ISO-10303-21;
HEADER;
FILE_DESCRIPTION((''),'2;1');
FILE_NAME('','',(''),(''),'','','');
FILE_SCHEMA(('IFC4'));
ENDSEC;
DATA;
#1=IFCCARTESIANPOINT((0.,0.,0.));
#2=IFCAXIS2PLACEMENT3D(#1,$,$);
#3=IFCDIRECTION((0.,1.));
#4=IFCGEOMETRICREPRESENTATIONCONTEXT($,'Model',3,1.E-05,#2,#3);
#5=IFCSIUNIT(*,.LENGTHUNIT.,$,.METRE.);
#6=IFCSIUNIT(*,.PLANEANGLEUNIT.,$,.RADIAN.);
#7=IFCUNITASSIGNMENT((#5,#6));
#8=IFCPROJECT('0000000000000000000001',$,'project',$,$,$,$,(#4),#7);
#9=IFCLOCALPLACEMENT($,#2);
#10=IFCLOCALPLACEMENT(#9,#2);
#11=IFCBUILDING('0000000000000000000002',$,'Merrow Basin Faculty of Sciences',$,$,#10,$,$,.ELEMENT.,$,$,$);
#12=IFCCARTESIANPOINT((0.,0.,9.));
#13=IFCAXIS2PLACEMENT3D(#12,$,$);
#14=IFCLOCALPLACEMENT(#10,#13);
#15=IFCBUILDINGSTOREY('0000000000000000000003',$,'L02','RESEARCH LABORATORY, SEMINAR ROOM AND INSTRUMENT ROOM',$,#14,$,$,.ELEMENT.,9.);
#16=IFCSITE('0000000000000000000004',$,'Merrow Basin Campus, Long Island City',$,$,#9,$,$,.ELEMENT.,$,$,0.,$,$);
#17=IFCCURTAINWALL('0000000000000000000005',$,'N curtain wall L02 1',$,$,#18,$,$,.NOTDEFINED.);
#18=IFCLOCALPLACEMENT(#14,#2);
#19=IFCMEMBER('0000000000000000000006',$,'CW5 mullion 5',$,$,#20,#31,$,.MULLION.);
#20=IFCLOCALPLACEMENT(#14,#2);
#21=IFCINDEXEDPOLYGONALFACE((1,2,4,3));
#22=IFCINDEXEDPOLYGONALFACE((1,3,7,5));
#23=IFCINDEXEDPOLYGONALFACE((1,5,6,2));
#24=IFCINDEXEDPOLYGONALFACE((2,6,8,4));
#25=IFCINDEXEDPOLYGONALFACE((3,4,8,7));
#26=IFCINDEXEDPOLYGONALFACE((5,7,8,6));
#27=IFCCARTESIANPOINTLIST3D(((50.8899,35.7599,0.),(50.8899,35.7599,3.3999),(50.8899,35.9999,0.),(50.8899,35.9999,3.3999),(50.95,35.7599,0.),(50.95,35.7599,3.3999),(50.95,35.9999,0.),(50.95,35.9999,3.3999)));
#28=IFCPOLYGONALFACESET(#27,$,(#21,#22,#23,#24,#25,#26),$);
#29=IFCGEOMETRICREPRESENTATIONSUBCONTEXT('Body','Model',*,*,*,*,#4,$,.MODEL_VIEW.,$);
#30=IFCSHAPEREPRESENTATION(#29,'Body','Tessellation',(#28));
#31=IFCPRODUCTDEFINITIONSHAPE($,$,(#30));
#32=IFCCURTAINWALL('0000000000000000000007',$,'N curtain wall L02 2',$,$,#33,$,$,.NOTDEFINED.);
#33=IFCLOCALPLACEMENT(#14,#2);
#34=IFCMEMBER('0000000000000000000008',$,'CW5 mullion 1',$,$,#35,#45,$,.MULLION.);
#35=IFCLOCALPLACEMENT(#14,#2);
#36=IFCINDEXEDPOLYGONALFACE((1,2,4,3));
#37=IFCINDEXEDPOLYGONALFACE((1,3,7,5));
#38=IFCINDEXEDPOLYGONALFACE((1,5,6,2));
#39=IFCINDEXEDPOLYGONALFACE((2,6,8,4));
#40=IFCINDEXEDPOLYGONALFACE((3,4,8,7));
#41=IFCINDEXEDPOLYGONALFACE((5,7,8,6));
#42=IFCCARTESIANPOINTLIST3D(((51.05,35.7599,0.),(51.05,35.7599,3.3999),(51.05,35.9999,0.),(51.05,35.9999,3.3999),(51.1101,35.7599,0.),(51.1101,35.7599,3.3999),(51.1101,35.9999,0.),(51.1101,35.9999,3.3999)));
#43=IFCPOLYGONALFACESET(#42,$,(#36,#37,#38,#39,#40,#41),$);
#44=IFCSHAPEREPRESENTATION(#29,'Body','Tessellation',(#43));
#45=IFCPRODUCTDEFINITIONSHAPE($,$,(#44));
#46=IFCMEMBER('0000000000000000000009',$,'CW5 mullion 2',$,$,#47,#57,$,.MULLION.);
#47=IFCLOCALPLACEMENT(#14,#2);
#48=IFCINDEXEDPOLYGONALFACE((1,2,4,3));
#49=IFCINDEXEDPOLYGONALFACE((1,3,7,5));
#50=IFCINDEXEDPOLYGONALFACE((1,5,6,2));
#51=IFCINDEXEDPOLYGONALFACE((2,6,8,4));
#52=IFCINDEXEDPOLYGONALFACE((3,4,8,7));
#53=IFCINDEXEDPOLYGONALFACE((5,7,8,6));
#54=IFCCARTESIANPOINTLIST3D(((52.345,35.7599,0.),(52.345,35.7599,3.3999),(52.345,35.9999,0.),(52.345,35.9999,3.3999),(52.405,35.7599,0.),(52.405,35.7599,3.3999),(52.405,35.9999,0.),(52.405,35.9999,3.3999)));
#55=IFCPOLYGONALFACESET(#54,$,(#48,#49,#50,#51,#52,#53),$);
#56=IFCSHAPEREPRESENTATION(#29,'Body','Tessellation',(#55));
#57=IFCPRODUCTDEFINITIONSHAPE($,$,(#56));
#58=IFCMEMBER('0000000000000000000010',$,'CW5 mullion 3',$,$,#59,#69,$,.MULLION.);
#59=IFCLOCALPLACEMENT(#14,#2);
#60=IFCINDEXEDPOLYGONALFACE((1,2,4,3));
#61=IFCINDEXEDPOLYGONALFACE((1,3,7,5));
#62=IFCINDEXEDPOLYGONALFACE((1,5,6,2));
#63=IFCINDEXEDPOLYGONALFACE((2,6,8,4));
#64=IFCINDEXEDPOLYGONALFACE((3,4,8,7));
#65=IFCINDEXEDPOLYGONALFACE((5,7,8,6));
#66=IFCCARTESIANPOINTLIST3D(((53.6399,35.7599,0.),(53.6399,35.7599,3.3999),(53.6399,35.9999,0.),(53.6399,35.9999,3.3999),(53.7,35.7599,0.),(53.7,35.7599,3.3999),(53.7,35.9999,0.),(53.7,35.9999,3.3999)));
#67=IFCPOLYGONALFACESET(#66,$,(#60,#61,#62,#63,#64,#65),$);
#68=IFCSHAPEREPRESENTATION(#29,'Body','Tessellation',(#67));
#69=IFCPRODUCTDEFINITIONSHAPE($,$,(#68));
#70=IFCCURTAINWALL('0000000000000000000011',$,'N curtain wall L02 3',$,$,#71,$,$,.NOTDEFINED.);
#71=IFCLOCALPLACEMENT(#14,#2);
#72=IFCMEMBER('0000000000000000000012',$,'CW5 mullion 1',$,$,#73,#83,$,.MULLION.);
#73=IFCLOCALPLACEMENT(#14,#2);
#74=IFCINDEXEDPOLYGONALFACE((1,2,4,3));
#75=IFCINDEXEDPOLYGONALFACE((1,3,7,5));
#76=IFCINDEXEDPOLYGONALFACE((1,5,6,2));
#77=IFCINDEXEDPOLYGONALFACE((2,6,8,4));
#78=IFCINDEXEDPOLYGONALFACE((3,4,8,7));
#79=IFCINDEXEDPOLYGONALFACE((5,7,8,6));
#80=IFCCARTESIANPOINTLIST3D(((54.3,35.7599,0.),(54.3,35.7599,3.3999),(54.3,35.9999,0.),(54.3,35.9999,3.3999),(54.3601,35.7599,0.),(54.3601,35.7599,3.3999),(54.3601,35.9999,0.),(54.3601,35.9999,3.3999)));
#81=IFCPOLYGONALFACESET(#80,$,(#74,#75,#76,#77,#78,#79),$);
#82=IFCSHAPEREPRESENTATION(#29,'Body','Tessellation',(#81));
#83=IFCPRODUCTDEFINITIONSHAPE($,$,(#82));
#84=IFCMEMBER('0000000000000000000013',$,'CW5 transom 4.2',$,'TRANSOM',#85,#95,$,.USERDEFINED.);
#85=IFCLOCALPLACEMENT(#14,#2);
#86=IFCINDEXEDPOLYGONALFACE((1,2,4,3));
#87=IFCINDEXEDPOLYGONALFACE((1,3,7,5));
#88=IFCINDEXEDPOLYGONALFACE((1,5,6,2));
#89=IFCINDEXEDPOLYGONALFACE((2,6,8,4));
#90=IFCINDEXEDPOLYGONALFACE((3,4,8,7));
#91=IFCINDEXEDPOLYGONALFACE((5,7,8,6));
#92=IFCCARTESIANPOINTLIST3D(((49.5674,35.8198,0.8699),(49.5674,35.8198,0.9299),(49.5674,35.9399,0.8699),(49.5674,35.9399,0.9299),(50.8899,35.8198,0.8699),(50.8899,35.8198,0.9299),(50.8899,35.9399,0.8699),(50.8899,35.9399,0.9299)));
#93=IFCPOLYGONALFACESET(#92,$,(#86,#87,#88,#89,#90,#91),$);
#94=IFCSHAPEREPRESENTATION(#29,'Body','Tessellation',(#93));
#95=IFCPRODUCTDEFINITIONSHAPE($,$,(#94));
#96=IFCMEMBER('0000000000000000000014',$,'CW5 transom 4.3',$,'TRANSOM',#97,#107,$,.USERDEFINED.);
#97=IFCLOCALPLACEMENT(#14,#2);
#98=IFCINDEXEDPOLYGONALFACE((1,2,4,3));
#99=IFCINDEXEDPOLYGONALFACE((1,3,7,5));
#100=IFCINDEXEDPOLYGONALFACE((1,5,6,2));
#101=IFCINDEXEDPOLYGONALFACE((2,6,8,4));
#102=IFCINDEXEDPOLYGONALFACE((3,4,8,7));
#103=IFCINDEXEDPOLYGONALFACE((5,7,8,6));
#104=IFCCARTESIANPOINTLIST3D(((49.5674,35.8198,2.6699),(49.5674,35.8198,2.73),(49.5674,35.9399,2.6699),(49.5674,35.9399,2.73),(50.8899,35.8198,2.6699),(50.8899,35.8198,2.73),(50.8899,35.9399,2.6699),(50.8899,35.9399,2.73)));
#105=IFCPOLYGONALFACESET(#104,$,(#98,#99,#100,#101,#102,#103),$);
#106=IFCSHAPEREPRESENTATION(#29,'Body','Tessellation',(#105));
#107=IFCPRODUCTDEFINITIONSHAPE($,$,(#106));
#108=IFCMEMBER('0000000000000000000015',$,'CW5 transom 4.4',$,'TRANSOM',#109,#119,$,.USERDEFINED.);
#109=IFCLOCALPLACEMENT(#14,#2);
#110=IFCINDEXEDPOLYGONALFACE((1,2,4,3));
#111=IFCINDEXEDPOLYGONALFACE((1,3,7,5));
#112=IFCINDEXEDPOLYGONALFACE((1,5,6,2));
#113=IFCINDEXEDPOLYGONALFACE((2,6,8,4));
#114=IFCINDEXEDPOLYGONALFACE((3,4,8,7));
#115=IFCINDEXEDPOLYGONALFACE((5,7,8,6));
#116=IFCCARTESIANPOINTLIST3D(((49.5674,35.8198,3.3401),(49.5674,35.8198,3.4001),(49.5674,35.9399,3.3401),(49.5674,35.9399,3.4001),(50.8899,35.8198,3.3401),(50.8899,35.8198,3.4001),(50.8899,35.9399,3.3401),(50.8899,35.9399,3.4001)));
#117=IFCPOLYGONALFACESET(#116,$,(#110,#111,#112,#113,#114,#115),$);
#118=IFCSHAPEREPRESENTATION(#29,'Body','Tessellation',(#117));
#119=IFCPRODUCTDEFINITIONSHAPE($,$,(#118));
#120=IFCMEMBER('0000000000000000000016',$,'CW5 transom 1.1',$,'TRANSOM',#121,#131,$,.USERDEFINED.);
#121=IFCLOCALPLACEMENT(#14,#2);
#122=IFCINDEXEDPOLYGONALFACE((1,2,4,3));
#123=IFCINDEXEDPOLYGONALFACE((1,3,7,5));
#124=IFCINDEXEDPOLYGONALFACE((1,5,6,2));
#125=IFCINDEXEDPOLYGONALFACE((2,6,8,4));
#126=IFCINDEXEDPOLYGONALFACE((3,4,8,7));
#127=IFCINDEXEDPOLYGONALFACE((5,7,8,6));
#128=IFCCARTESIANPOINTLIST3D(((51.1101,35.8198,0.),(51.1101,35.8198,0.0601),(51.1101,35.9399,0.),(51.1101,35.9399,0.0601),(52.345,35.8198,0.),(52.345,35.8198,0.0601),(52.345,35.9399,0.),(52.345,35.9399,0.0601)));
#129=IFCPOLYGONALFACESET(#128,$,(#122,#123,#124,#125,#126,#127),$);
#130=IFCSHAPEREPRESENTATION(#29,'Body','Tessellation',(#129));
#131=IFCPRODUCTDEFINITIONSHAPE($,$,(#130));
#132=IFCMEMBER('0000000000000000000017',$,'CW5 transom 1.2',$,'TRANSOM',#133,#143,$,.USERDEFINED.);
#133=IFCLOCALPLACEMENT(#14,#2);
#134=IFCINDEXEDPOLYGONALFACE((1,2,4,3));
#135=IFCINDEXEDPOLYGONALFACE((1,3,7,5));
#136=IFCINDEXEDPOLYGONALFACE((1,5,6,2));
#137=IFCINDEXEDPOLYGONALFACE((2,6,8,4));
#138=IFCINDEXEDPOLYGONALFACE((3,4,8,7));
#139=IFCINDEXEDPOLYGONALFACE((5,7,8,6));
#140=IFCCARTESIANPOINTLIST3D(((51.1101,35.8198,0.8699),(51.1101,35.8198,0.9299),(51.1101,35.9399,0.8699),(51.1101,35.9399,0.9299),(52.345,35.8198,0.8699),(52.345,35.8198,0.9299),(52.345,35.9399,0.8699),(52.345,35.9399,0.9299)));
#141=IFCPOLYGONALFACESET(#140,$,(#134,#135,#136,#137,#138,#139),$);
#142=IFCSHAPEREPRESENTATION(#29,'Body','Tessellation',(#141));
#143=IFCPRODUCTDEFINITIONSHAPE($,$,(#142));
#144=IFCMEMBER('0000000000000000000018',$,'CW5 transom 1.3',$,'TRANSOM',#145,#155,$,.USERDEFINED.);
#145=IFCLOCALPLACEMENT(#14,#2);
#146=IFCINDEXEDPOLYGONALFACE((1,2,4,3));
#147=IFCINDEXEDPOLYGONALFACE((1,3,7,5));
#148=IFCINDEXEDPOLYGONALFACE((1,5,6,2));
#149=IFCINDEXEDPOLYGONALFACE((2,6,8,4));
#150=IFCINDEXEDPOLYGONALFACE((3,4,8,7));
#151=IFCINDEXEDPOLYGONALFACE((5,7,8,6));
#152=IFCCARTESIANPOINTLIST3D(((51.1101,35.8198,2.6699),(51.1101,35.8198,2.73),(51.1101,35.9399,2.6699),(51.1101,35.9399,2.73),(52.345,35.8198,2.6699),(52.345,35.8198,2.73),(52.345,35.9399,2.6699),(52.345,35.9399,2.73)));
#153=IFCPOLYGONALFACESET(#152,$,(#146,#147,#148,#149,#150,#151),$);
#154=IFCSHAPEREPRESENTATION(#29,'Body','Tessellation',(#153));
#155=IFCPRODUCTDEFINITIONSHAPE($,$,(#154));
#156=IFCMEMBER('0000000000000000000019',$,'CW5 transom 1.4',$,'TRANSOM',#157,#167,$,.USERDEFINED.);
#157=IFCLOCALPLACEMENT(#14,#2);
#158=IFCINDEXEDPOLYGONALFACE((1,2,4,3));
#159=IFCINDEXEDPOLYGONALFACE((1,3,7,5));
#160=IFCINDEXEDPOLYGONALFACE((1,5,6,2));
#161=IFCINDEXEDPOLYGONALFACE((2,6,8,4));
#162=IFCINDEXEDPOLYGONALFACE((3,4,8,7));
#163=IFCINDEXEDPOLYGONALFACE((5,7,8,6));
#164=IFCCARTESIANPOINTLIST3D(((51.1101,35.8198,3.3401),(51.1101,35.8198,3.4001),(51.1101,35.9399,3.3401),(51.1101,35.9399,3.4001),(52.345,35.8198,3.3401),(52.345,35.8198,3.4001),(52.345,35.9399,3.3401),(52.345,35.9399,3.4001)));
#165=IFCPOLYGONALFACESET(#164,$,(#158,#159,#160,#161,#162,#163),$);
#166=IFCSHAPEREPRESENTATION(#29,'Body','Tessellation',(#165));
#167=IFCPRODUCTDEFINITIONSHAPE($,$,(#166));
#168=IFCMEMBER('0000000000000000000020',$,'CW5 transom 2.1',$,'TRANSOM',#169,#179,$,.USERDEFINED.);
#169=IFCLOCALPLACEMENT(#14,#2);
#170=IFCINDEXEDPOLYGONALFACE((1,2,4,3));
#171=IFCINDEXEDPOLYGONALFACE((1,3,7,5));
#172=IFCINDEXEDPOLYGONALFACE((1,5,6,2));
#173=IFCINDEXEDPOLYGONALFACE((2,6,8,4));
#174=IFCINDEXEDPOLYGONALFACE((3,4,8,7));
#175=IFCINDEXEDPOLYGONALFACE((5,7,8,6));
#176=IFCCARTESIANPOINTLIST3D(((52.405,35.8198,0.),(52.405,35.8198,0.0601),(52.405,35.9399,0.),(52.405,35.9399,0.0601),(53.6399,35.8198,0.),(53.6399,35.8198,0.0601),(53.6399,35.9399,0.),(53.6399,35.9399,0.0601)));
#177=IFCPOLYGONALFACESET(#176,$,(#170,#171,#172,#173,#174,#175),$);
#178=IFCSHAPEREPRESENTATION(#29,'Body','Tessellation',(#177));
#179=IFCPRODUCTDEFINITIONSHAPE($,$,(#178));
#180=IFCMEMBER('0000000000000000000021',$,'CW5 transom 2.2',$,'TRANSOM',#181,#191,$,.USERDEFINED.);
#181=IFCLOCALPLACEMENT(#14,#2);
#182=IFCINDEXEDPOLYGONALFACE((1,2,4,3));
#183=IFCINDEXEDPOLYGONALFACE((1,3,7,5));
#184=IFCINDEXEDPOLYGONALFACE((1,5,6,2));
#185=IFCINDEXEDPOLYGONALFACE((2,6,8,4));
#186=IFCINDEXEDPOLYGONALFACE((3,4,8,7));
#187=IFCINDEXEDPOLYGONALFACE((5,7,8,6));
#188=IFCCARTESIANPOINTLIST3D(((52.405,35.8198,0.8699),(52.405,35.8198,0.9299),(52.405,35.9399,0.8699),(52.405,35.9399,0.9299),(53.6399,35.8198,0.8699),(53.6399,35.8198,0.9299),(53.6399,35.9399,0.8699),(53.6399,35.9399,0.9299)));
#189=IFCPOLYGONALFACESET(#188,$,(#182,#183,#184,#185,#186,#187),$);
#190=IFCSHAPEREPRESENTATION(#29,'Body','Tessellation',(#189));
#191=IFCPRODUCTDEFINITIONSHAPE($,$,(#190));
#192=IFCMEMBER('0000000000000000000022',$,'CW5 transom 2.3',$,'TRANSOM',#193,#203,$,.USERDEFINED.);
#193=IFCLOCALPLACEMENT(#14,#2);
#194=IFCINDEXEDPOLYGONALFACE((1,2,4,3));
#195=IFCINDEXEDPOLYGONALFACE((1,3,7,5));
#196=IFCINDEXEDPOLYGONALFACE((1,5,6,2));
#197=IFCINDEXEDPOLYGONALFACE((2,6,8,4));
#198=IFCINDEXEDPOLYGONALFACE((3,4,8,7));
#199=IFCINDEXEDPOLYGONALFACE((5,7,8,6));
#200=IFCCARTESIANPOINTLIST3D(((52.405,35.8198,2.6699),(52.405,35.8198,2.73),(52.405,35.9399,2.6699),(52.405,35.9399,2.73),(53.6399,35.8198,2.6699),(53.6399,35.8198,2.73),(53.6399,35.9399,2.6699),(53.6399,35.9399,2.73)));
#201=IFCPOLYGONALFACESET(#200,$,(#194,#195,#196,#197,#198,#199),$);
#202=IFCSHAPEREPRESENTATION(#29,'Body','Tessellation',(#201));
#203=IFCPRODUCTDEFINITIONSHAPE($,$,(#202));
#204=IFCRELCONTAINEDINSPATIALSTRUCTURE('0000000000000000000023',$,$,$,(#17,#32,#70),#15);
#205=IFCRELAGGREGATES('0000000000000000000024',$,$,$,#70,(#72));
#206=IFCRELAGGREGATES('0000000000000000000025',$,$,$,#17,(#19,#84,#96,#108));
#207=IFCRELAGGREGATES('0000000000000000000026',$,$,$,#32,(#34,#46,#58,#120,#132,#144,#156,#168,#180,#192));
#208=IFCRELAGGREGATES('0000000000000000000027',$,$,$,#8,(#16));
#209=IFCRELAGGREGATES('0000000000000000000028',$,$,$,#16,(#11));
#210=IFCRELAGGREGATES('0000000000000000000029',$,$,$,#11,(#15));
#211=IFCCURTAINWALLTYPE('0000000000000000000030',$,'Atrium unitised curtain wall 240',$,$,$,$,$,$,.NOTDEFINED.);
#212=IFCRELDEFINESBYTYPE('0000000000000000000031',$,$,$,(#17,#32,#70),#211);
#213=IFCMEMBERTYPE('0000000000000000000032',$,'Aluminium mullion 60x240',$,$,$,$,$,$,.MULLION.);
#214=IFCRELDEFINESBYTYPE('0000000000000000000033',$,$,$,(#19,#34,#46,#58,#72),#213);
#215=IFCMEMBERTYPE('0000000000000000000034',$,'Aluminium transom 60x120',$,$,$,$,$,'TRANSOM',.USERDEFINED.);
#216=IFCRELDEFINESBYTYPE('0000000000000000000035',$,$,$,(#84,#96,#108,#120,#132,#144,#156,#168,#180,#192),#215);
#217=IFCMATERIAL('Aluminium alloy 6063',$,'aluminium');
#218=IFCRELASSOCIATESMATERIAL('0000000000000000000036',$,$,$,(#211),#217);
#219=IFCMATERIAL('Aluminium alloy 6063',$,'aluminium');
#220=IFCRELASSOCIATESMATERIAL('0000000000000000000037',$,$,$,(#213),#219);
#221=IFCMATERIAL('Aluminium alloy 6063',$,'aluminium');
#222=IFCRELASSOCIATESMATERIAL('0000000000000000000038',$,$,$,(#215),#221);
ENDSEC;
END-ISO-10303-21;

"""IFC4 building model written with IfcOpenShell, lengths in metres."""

from ifc_helpers import new_model, si_unit, direction, frame, origin, origin_2d, place, context, subcontext, project, spatial, rectangle, extrude, material, material_profile, profile_set, type_object, element, aggregate, save


model = new_model("IFC4")

# Units and contexts
model_context = context("Model", 3, precision=1e-05, world=origin(), true_north=direction((0.0, 1.0)))
body_context = subcontext(model_context, "Body", "Model", "MODEL_VIEW")
ifc_project = project(units=[si_unit("LENGTHUNIT", "METRE"), si_unit("PLANEANGLEUNIT", "RADIAN")], contexts=[model_context])

# Site, building, storey
site_placement = place(None, origin())
site = spatial("IfcSite", under=ifc_project, at=site_placement, Name="Merrow Basin Campus, Long Island City", CompositionType="ELEMENT", RefElevation=0.0)
building_placement = place(site_placement, origin())
building = spatial("IfcBuilding", under=site, at=building_placement, Name="Merrow Basin Faculty of Sciences", CompositionType="ELEMENT")
storey_placement = place(building_placement, frame((0.0, 0.0, 9.0)))
storey = spatial("IfcBuildingStorey", under=building, at=storey_placement, Name="L02", Description="RESEARCH LABORATORY, SEMINAR ROOM AND INSTRUMENT ROOM", CompositionType="ELEMENT", Elevation=9.0)

# Curtain wall, member
ifc_material_1 = material(Name="Aluminium alloy 6063", Category="aluminium")
curtain_wall_type = type_object("IfcCurtainWallType", Name="Atrium unitised curtain wall 240", PredefinedType="NOTDEFINED", material=ifc_material_1)
curtain_wall_1_placement = place(storey_placement, origin())
curtain_wall_1 = element("IfcCurtainWall", 1, at=curtain_wall_1_placement, inside=storey, type_object=curtain_wall_type, Name="N curtain wall L02 1", PredefinedType="NOTDEFINED")
ifc_material_2 = material(Name="Aluminium alloy 6063", Category="aluminium")
ifc_material_profile_1 = material_profile(ifc_material_2, rectangle(XDim=0.24, YDim=0.0601, at=origin_2d()))
ifc_profile_set_1 = profile_set([ifc_material_profile_1], Name="Aluminium alloy 6063")
member_type_1 = type_object("IfcMemberType", Name="Aluminium mullion 60x240", PredefinedType="MULLION", material=ifc_profile_set_1)
member_1_placement = place(storey_placement, frame((50.9199, 35.8799, 0.0), z_axis=(0.0, 0.0, 1.0), x_axis=(0.0, 1.0, 0.0)))
member_1 = element("IfcMember", 2, at=member_1_placement, type_object=member_type_1, Name="CW5 mullion 5", PredefinedType="MULLION", context=body_context, shape_type="SweptSolid", body=[
    extrude(rectangle(XDim=0.24, YDim=0.0601, at=origin_2d()), origin(), (0.0, 0.0, 1.0), 3.3999),
])

# Curtain wall, members
curtain_wall_2_placement = place(storey_placement, origin())
curtain_wall_2 = element("IfcCurtainWall", 3, at=curtain_wall_2_placement, inside=storey, type_object=curtain_wall_type, Name="N curtain wall L02 2", PredefinedType="NOTDEFINED")
member_2_placement = place(storey_placement, frame((51.0801, 35.8799, 0.0), z_axis=(0.0, 0.0, 1.0), x_axis=(0.0, 1.0, 0.0)))
member_2 = element("IfcMember", 4, at=member_2_placement, type_object=member_type_1, Name="CW5 mullion 1", PredefinedType="MULLION", context=body_context, shape_type="SweptSolid", body=[
    extrude(rectangle(XDim=0.24, YDim=0.0601, at=origin_2d()), origin(), (0.0, 0.0, 1.0), 3.3999),
])
member_3_placement = place(storey_placement, frame((52.375, 35.8799, 0.0), z_axis=(0.0, 0.0, 1.0), x_axis=(0.0, 1.0, 0.0)))
member_3 = element("IfcMember", 5, at=member_3_placement, type_object=member_type_1, Name="CW5 mullion 2", PredefinedType="MULLION", context=body_context, shape_type="SweptSolid", body=[
    extrude(rectangle(XDim=0.24, YDim=0.0601, at=origin_2d()), origin(), (0.0, 0.0, 1.0), 3.3999),
])
member_4_placement = place(storey_placement, frame((53.6699, 35.8799, 0.0), z_axis=(0.0, 0.0, 1.0), x_axis=(0.0, 1.0, 0.0)))
member_4 = element("IfcMember", 6, at=member_4_placement, type_object=member_type_1, Name="CW5 mullion 3", PredefinedType="MULLION", context=body_context, shape_type="SweptSolid", body=[
    extrude(rectangle(XDim=0.24, YDim=0.0601, at=origin_2d()), origin(), (0.0, 0.0, 1.0), 3.3999),
])

# Curtain wall, member
curtain_wall_3_placement = place(storey_placement, origin())
curtain_wall_3 = element("IfcCurtainWall", 7, at=curtain_wall_3_placement, inside=storey, type_object=curtain_wall_type, Name="N curtain wall L02 3", PredefinedType="NOTDEFINED")
member_5_placement = place(storey_placement, frame((54.3301, 35.8799, 0.0), z_axis=(0.0, 0.0, 1.0), x_axis=(0.0, 1.0, 0.0)))
member_5 = element("IfcMember", 8, at=member_5_placement, type_object=member_type_1, Name="CW5 mullion 1", PredefinedType="MULLION", context=body_context, shape_type="SweptSolid", body=[
    extrude(rectangle(XDim=0.24, YDim=0.0601, at=origin_2d()), origin(), (0.0, 0.0, 1.0), 3.3999),
])

# Members
ifc_material_3 = material(Name="Aluminium alloy 6063", Category="aluminium")
ifc_material_profile_2 = material_profile(ifc_material_3, rectangle(XDim=0.1201, YDim=0.0601, at=origin_2d()))
ifc_profile_set_2 = profile_set([ifc_material_profile_2], Name="Aluminium alloy 6063")
member_type_2 = type_object("IfcMemberType", Name="Aluminium transom 60x120", ElementType="TRANSOM", PredefinedType="USERDEFINED", material=ifc_profile_set_2)
member_6_placement = place(storey_placement, frame((49.5674, 35.8799, 0.8999), z_axis=(1.0, 0.0, 0.0), x_axis=(0.0, 1.0, 0.0)))
member_6 = element("IfcMember", 9, at=member_6_placement, type_object=member_type_2, Name="CW5 transom 4.2", ObjectType="TRANSOM", PredefinedType="USERDEFINED", context=body_context, shape_type="SweptSolid", body=[
    extrude(rectangle(XDim=0.1201, YDim=0.0601, at=origin_2d()), origin(), (0.0, 0.0, 1.0), 1.3225),
])
member_7_placement = place(storey_placement, frame((49.5674, 35.8799, 2.7), z_axis=(1.0, 0.0, 0.0), x_axis=(0.0, 1.0, 0.0)))
member_7 = element("IfcMember", 10, at=member_7_placement, type_object=member_type_2, Name="CW5 transom 4.3", ObjectType="TRANSOM", PredefinedType="USERDEFINED", context=body_context, shape_type="SweptSolid", body=[
    extrude(rectangle(XDim=0.1201, YDim=0.0601, at=origin_2d()), origin(), (0.0, 0.0, 1.0), 1.3225),
])
member_8_placement = place(storey_placement, frame((49.5674, 35.8799, 3.3701), z_axis=(1.0, 0.0, 0.0), x_axis=(0.0, 1.0, 0.0)))
member_8 = element("IfcMember", 11, at=member_8_placement, type_object=member_type_2, Name="CW5 transom 4.4", ObjectType="TRANSOM", PredefinedType="USERDEFINED", context=body_context, shape_type="SweptSolid", body=[
    extrude(rectangle(XDim=0.1201, YDim=0.0601, at=origin_2d()), origin(), (0.0, 0.0, 1.0), 1.3225),
])
member_9_placement = place(storey_placement, frame((51.1101, 35.8799, 0.03), z_axis=(1.0, 0.0, 0.0), x_axis=(0.0, 1.0, 0.0)))
member_9 = element("IfcMember", 12, at=member_9_placement, type_object=member_type_2, Name="CW5 transom 1.1", ObjectType="TRANSOM", PredefinedType="USERDEFINED", context=body_context, shape_type="SweptSolid", body=[
    extrude(rectangle(XDim=0.1201, YDim=0.0601, at=origin_2d()), origin(), (0.0, 0.0, 1.0), 1.2349),
])
member_10_placement = place(storey_placement, frame((51.1101, 35.8799, 0.8999), z_axis=(1.0, 0.0, 0.0), x_axis=(0.0, 1.0, 0.0)))
member_10 = element("IfcMember", 13, at=member_10_placement, type_object=member_type_2, Name="CW5 transom 1.2", ObjectType="TRANSOM", PredefinedType="USERDEFINED", context=body_context, shape_type="SweptSolid", body=[
    extrude(rectangle(XDim=0.1201, YDim=0.0601, at=origin_2d()), origin(), (0.0, 0.0, 1.0), 1.2349),
])
member_11_placement = place(storey_placement, frame((51.1101, 35.8799, 2.7), z_axis=(1.0, 0.0, 0.0), x_axis=(0.0, 1.0, 0.0)))
member_11 = element("IfcMember", 14, at=member_11_placement, type_object=member_type_2, Name="CW5 transom 1.3", ObjectType="TRANSOM", PredefinedType="USERDEFINED", context=body_context, shape_type="SweptSolid", body=[
    extrude(rectangle(XDim=0.1201, YDim=0.0601, at=origin_2d()), origin(), (0.0, 0.0, 1.0), 1.2349),
])
member_12_placement = place(storey_placement, frame((51.1101, 35.8799, 3.3701), z_axis=(1.0, 0.0, 0.0), x_axis=(0.0, 1.0, 0.0)))
member_12 = element("IfcMember", 15, at=member_12_placement, type_object=member_type_2, Name="CW5 transom 1.4", ObjectType="TRANSOM", PredefinedType="USERDEFINED", context=body_context, shape_type="SweptSolid", body=[
    extrude(rectangle(XDim=0.1201, YDim=0.0601, at=origin_2d()), origin(), (0.0, 0.0, 1.0), 1.2349),
])
member_13_placement = place(storey_placement, frame((52.405, 35.8799, 0.03), z_axis=(1.0, 0.0, 0.0), x_axis=(0.0, 1.0, 0.0)))
member_13 = element("IfcMember", 16, at=member_13_placement, type_object=member_type_2, Name="CW5 transom 2.1", ObjectType="TRANSOM", PredefinedType="USERDEFINED", context=body_context, shape_type="SweptSolid", body=[
    extrude(rectangle(XDim=0.1201, YDim=0.0601, at=origin_2d()), origin(), (0.0, 0.0, 1.0), 1.2349),
])
member_14_placement = place(storey_placement, frame((52.405, 35.8799, 0.8999), z_axis=(1.0, 0.0, 0.0), x_axis=(0.0, 1.0, 0.0)))
member_14 = element("IfcMember", 17, at=member_14_placement, type_object=member_type_2, Name="CW5 transom 2.2", ObjectType="TRANSOM", PredefinedType="USERDEFINED", context=body_context, shape_type="SweptSolid", body=[
    extrude(rectangle(XDim=0.1201, YDim=0.0601, at=origin_2d()), origin(), (0.0, 0.0, 1.0), 1.2349),
])
member_15_placement = place(storey_placement, frame((52.405, 35.8799, 2.7), z_axis=(1.0, 0.0, 0.0), x_axis=(0.0, 1.0, 0.0)))
member_15 = element("IfcMember", 18, at=member_15_placement, type_object=member_type_2, Name="CW5 transom 2.3", ObjectType="TRANSOM", PredefinedType="USERDEFINED", context=body_context, shape_type="SweptSolid", body=[
    extrude(rectangle(XDim=0.1201, YDim=0.0601, at=origin_2d()), origin(), (0.0, 0.0, 1.0), 1.2349),
])
aggregate(curtain_wall_3, [member_5])

aggregate(curtain_wall_1, [member_1, member_6, member_7, member_8])
aggregate(curtain_wall_2, [member_2, member_3, member_4, member_9, member_10, member_11, member_12, member_13, member_14, member_15])

save(model, "model.ifc")
